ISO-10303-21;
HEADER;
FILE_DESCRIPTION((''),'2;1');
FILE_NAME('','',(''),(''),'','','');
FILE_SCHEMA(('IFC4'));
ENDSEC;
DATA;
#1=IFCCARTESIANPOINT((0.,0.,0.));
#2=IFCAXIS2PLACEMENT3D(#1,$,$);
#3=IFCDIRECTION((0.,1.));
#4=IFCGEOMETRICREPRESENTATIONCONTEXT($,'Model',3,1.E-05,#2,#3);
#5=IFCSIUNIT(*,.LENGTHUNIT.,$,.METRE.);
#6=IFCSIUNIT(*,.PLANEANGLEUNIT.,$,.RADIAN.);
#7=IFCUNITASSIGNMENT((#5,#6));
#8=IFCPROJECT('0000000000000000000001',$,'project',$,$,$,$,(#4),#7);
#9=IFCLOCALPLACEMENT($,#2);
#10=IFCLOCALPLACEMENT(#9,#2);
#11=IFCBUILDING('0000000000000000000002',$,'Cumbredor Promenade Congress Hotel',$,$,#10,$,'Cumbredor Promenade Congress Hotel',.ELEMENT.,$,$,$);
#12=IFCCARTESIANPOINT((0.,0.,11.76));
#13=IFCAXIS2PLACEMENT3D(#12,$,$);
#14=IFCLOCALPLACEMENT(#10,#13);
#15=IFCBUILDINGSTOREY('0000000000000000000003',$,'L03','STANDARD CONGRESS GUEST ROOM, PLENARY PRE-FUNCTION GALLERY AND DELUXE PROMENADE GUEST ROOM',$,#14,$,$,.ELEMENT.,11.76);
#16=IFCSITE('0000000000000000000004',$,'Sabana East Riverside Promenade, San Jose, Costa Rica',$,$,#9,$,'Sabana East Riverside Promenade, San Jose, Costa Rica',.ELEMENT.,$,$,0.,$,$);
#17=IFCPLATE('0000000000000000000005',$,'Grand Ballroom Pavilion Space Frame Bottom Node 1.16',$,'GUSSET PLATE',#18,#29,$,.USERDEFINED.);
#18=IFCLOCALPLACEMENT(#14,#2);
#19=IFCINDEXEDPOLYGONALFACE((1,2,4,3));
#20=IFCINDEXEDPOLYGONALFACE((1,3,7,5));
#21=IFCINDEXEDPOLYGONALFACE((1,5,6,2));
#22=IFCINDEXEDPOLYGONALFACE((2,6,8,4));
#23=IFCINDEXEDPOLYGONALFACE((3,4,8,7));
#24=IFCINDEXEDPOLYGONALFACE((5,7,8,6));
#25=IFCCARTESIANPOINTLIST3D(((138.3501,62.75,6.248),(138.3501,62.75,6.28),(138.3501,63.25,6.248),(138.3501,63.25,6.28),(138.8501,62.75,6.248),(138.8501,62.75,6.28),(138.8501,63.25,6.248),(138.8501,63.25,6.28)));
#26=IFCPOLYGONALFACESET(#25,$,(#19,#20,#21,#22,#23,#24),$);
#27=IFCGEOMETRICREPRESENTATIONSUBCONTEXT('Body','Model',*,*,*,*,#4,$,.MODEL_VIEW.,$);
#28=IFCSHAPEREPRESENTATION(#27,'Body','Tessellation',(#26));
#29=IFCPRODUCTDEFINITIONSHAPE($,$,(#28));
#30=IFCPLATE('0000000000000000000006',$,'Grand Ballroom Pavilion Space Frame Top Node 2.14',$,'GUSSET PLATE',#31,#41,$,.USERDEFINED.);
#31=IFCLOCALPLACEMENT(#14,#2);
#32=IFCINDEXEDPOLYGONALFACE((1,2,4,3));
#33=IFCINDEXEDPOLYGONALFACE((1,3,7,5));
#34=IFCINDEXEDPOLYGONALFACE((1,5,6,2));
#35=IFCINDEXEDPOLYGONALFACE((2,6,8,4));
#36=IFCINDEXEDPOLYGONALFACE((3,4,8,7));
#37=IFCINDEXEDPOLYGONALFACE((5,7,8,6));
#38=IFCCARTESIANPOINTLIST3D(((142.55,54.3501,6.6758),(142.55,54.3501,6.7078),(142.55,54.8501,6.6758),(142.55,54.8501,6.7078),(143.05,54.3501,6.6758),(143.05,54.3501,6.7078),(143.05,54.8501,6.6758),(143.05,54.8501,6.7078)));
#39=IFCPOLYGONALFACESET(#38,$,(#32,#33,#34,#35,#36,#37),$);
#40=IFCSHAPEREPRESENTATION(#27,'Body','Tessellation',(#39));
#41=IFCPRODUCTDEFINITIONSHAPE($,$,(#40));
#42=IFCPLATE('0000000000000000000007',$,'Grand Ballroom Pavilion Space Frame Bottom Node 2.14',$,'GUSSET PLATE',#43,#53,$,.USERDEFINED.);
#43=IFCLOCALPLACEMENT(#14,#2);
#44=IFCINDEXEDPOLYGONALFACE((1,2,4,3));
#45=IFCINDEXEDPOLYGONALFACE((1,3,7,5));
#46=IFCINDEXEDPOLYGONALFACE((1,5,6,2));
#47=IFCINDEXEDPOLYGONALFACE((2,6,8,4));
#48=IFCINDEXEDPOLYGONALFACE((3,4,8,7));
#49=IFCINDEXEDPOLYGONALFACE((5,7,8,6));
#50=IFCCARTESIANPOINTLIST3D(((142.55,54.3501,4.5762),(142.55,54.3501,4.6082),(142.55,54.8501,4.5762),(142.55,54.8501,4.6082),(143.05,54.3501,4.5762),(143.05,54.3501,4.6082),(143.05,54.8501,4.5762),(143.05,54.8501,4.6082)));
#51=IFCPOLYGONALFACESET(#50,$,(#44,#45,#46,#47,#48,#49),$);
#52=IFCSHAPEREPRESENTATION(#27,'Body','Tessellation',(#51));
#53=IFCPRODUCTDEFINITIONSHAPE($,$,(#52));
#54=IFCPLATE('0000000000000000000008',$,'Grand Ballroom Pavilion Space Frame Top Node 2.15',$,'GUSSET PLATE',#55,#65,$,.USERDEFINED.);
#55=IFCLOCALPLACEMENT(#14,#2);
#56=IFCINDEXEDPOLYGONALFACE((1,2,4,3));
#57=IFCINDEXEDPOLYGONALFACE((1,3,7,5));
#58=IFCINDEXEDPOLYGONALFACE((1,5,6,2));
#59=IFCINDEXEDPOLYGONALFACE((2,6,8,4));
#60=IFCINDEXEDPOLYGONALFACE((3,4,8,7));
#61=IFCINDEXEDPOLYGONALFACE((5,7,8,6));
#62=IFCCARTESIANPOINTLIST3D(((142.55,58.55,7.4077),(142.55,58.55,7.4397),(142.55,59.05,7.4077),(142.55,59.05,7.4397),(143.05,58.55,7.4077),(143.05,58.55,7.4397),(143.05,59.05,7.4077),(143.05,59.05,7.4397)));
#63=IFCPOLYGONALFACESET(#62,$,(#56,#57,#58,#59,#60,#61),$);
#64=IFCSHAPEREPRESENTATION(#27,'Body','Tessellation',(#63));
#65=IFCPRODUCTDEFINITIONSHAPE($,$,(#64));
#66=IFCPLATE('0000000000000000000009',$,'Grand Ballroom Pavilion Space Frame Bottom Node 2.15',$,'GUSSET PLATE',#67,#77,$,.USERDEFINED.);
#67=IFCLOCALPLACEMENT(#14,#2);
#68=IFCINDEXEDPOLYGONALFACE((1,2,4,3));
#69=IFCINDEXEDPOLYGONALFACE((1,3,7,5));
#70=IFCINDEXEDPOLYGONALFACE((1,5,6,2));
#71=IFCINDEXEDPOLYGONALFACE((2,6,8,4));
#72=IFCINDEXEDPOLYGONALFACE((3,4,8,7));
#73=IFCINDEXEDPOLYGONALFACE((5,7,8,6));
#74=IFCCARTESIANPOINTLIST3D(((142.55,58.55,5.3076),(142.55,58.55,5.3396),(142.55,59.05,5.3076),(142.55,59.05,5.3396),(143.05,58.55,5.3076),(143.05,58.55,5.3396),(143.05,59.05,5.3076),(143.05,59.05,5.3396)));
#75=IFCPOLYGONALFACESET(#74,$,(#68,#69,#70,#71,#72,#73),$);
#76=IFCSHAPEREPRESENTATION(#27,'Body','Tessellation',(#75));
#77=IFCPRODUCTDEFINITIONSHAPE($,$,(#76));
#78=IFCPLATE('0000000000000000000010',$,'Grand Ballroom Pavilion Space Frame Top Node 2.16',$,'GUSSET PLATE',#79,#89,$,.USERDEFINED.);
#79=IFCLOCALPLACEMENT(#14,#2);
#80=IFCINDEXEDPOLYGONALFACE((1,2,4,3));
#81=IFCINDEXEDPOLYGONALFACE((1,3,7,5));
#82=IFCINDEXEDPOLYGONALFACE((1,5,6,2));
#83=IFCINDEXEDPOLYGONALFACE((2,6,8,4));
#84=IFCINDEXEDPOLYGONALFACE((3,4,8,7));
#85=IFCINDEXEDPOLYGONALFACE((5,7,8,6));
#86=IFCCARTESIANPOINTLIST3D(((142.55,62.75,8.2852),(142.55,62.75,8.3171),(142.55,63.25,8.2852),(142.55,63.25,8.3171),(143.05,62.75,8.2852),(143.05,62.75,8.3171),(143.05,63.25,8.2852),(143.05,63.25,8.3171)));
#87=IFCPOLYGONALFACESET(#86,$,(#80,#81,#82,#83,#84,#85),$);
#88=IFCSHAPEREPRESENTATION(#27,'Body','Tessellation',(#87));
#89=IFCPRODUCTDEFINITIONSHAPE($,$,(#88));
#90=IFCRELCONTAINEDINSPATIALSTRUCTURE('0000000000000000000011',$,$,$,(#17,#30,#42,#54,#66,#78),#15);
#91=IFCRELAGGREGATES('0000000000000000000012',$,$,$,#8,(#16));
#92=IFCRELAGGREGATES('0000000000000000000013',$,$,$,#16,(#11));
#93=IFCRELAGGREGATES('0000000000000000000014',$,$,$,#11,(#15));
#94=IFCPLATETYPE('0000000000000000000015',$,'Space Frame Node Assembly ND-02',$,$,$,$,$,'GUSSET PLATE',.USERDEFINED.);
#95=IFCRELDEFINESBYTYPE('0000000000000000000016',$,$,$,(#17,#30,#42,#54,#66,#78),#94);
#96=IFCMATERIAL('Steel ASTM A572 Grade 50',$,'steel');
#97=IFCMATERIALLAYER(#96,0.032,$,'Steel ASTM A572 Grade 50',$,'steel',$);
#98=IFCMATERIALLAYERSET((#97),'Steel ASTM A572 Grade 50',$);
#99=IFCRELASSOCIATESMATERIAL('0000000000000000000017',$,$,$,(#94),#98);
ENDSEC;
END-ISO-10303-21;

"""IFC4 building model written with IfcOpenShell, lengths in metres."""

from ifc_helpers import new_model, si_unit, direction, frame, origin, origin_2d, place, context, subcontext, project, spatial, rectangle, extrude, material, layer, layer_set, type_object, element, save


model = new_model("IFC4")

# Units and contexts
model_context = context("Model", 3, precision=1e-05, world=origin(), true_north=direction((0.0, 1.0)))
body_context = subcontext(model_context, "Body", "Model", "MODEL_VIEW")
ifc_project = project(units=[si_unit("LENGTHUNIT", "METRE"), si_unit("PLANEANGLEUNIT", "RADIAN")], contexts=[model_context])

# Site, building, storey
site_placement = place(None, origin())
site = spatial("IfcSite", under=ifc_project, at=site_placement, Name="Sabana East Riverside Promenade, San Jose, Costa Rica", LongName="Sabana East Riverside Promenade, San Jose, Costa Rica", CompositionType="ELEMENT", RefElevation=0.0)
building_placement = place(site_placement, origin())
building = spatial("IfcBuilding", under=site, at=building_placement, Name="Cumbredor Promenade Congress Hotel", LongName="Cumbredor Promenade Congress Hotel", CompositionType="ELEMENT")
storey_placement = place(building_placement, frame((0.0, 0.0, 11.76)))
storey = spatial("IfcBuildingStorey", under=building, at=storey_placement, Name="L03", Description="STANDARD CONGRESS GUEST ROOM, PLENARY PRE-FUNCTION GALLERY AND DELUXE PROMENADE GUEST ROOM", CompositionType="ELEMENT", Elevation=11.76)

# Plates
ifc_material_1 = material(Name="Steel ASTM A572 Grade 50", Category="steel")
ifc_layer = layer(ifc_material_1, 0.032, Name="Steel ASTM A572 Grade 50", Category="steel")
ifc_layer_set = layer_set([ifc_layer], Name="Steel ASTM A572 Grade 50")
plate_type = type_object("IfcPlateType", Name="Space Frame Node Assembly ND-02", ElementType="GUSSET PLATE", PredefinedType="USERDEFINED", material=ifc_layer_set)
for number, where, z_axis, x_axis, name in (
    (1, (138.6001, 63.0, 6.248), (0.0, 0.0, 1.0), (1.0, 0.0, 0.0), "Grand Ballroom Pavilion Space Frame Bottom Node 1.16"),
    (2, (142.8, 54.6001, 6.6758), (0.0, 0.0, 1.0), (1.0, 0.0, 0.0), "Grand Ballroom Pavilion Space Frame Top Node 2.14"),
    (3, (142.8, 54.6001, 4.5762), (0.0, 0.0, 1.0), (1.0, 0.0, 0.0), "Grand Ballroom Pavilion Space Frame Bottom Node 2.14"),
    (4, (142.8, 58.8, 7.4077), (0.0, 0.0, 1.0), (1.0, 0.0, 0.0), "Grand Ballroom Pavilion Space Frame Top Node 2.15"),
    (5, (142.8, 58.8, 5.3076), (0.0, 0.0, 1.0), (1.0, 0.0, 0.0), "Grand Ballroom Pavilion Space Frame Bottom Node 2.15"),
    (6, (142.8, 63.0, 8.2852), (0.0, 0.0, 1.0), (1.0, 0.0, 0.0), "Grand Ballroom Pavilion Space Frame Top Node 2.16"),
):
    element("IfcPlate", number, at=place(storey_placement, frame(where, z_axis=z_axis, x_axis=x_axis)), inside=storey, type_object=plate_type, Name=name, ObjectType="GUSSET PLATE", PredefinedType="USERDEFINED", context=body_context, shape_type="SweptSolid", body=[
        extrude(rectangle(XDim=0.5, YDim=0.5, at=origin_2d()), origin(), (0.0, 0.0, 1.0), 0.032),
    ])

save(model, "model.ifc")
